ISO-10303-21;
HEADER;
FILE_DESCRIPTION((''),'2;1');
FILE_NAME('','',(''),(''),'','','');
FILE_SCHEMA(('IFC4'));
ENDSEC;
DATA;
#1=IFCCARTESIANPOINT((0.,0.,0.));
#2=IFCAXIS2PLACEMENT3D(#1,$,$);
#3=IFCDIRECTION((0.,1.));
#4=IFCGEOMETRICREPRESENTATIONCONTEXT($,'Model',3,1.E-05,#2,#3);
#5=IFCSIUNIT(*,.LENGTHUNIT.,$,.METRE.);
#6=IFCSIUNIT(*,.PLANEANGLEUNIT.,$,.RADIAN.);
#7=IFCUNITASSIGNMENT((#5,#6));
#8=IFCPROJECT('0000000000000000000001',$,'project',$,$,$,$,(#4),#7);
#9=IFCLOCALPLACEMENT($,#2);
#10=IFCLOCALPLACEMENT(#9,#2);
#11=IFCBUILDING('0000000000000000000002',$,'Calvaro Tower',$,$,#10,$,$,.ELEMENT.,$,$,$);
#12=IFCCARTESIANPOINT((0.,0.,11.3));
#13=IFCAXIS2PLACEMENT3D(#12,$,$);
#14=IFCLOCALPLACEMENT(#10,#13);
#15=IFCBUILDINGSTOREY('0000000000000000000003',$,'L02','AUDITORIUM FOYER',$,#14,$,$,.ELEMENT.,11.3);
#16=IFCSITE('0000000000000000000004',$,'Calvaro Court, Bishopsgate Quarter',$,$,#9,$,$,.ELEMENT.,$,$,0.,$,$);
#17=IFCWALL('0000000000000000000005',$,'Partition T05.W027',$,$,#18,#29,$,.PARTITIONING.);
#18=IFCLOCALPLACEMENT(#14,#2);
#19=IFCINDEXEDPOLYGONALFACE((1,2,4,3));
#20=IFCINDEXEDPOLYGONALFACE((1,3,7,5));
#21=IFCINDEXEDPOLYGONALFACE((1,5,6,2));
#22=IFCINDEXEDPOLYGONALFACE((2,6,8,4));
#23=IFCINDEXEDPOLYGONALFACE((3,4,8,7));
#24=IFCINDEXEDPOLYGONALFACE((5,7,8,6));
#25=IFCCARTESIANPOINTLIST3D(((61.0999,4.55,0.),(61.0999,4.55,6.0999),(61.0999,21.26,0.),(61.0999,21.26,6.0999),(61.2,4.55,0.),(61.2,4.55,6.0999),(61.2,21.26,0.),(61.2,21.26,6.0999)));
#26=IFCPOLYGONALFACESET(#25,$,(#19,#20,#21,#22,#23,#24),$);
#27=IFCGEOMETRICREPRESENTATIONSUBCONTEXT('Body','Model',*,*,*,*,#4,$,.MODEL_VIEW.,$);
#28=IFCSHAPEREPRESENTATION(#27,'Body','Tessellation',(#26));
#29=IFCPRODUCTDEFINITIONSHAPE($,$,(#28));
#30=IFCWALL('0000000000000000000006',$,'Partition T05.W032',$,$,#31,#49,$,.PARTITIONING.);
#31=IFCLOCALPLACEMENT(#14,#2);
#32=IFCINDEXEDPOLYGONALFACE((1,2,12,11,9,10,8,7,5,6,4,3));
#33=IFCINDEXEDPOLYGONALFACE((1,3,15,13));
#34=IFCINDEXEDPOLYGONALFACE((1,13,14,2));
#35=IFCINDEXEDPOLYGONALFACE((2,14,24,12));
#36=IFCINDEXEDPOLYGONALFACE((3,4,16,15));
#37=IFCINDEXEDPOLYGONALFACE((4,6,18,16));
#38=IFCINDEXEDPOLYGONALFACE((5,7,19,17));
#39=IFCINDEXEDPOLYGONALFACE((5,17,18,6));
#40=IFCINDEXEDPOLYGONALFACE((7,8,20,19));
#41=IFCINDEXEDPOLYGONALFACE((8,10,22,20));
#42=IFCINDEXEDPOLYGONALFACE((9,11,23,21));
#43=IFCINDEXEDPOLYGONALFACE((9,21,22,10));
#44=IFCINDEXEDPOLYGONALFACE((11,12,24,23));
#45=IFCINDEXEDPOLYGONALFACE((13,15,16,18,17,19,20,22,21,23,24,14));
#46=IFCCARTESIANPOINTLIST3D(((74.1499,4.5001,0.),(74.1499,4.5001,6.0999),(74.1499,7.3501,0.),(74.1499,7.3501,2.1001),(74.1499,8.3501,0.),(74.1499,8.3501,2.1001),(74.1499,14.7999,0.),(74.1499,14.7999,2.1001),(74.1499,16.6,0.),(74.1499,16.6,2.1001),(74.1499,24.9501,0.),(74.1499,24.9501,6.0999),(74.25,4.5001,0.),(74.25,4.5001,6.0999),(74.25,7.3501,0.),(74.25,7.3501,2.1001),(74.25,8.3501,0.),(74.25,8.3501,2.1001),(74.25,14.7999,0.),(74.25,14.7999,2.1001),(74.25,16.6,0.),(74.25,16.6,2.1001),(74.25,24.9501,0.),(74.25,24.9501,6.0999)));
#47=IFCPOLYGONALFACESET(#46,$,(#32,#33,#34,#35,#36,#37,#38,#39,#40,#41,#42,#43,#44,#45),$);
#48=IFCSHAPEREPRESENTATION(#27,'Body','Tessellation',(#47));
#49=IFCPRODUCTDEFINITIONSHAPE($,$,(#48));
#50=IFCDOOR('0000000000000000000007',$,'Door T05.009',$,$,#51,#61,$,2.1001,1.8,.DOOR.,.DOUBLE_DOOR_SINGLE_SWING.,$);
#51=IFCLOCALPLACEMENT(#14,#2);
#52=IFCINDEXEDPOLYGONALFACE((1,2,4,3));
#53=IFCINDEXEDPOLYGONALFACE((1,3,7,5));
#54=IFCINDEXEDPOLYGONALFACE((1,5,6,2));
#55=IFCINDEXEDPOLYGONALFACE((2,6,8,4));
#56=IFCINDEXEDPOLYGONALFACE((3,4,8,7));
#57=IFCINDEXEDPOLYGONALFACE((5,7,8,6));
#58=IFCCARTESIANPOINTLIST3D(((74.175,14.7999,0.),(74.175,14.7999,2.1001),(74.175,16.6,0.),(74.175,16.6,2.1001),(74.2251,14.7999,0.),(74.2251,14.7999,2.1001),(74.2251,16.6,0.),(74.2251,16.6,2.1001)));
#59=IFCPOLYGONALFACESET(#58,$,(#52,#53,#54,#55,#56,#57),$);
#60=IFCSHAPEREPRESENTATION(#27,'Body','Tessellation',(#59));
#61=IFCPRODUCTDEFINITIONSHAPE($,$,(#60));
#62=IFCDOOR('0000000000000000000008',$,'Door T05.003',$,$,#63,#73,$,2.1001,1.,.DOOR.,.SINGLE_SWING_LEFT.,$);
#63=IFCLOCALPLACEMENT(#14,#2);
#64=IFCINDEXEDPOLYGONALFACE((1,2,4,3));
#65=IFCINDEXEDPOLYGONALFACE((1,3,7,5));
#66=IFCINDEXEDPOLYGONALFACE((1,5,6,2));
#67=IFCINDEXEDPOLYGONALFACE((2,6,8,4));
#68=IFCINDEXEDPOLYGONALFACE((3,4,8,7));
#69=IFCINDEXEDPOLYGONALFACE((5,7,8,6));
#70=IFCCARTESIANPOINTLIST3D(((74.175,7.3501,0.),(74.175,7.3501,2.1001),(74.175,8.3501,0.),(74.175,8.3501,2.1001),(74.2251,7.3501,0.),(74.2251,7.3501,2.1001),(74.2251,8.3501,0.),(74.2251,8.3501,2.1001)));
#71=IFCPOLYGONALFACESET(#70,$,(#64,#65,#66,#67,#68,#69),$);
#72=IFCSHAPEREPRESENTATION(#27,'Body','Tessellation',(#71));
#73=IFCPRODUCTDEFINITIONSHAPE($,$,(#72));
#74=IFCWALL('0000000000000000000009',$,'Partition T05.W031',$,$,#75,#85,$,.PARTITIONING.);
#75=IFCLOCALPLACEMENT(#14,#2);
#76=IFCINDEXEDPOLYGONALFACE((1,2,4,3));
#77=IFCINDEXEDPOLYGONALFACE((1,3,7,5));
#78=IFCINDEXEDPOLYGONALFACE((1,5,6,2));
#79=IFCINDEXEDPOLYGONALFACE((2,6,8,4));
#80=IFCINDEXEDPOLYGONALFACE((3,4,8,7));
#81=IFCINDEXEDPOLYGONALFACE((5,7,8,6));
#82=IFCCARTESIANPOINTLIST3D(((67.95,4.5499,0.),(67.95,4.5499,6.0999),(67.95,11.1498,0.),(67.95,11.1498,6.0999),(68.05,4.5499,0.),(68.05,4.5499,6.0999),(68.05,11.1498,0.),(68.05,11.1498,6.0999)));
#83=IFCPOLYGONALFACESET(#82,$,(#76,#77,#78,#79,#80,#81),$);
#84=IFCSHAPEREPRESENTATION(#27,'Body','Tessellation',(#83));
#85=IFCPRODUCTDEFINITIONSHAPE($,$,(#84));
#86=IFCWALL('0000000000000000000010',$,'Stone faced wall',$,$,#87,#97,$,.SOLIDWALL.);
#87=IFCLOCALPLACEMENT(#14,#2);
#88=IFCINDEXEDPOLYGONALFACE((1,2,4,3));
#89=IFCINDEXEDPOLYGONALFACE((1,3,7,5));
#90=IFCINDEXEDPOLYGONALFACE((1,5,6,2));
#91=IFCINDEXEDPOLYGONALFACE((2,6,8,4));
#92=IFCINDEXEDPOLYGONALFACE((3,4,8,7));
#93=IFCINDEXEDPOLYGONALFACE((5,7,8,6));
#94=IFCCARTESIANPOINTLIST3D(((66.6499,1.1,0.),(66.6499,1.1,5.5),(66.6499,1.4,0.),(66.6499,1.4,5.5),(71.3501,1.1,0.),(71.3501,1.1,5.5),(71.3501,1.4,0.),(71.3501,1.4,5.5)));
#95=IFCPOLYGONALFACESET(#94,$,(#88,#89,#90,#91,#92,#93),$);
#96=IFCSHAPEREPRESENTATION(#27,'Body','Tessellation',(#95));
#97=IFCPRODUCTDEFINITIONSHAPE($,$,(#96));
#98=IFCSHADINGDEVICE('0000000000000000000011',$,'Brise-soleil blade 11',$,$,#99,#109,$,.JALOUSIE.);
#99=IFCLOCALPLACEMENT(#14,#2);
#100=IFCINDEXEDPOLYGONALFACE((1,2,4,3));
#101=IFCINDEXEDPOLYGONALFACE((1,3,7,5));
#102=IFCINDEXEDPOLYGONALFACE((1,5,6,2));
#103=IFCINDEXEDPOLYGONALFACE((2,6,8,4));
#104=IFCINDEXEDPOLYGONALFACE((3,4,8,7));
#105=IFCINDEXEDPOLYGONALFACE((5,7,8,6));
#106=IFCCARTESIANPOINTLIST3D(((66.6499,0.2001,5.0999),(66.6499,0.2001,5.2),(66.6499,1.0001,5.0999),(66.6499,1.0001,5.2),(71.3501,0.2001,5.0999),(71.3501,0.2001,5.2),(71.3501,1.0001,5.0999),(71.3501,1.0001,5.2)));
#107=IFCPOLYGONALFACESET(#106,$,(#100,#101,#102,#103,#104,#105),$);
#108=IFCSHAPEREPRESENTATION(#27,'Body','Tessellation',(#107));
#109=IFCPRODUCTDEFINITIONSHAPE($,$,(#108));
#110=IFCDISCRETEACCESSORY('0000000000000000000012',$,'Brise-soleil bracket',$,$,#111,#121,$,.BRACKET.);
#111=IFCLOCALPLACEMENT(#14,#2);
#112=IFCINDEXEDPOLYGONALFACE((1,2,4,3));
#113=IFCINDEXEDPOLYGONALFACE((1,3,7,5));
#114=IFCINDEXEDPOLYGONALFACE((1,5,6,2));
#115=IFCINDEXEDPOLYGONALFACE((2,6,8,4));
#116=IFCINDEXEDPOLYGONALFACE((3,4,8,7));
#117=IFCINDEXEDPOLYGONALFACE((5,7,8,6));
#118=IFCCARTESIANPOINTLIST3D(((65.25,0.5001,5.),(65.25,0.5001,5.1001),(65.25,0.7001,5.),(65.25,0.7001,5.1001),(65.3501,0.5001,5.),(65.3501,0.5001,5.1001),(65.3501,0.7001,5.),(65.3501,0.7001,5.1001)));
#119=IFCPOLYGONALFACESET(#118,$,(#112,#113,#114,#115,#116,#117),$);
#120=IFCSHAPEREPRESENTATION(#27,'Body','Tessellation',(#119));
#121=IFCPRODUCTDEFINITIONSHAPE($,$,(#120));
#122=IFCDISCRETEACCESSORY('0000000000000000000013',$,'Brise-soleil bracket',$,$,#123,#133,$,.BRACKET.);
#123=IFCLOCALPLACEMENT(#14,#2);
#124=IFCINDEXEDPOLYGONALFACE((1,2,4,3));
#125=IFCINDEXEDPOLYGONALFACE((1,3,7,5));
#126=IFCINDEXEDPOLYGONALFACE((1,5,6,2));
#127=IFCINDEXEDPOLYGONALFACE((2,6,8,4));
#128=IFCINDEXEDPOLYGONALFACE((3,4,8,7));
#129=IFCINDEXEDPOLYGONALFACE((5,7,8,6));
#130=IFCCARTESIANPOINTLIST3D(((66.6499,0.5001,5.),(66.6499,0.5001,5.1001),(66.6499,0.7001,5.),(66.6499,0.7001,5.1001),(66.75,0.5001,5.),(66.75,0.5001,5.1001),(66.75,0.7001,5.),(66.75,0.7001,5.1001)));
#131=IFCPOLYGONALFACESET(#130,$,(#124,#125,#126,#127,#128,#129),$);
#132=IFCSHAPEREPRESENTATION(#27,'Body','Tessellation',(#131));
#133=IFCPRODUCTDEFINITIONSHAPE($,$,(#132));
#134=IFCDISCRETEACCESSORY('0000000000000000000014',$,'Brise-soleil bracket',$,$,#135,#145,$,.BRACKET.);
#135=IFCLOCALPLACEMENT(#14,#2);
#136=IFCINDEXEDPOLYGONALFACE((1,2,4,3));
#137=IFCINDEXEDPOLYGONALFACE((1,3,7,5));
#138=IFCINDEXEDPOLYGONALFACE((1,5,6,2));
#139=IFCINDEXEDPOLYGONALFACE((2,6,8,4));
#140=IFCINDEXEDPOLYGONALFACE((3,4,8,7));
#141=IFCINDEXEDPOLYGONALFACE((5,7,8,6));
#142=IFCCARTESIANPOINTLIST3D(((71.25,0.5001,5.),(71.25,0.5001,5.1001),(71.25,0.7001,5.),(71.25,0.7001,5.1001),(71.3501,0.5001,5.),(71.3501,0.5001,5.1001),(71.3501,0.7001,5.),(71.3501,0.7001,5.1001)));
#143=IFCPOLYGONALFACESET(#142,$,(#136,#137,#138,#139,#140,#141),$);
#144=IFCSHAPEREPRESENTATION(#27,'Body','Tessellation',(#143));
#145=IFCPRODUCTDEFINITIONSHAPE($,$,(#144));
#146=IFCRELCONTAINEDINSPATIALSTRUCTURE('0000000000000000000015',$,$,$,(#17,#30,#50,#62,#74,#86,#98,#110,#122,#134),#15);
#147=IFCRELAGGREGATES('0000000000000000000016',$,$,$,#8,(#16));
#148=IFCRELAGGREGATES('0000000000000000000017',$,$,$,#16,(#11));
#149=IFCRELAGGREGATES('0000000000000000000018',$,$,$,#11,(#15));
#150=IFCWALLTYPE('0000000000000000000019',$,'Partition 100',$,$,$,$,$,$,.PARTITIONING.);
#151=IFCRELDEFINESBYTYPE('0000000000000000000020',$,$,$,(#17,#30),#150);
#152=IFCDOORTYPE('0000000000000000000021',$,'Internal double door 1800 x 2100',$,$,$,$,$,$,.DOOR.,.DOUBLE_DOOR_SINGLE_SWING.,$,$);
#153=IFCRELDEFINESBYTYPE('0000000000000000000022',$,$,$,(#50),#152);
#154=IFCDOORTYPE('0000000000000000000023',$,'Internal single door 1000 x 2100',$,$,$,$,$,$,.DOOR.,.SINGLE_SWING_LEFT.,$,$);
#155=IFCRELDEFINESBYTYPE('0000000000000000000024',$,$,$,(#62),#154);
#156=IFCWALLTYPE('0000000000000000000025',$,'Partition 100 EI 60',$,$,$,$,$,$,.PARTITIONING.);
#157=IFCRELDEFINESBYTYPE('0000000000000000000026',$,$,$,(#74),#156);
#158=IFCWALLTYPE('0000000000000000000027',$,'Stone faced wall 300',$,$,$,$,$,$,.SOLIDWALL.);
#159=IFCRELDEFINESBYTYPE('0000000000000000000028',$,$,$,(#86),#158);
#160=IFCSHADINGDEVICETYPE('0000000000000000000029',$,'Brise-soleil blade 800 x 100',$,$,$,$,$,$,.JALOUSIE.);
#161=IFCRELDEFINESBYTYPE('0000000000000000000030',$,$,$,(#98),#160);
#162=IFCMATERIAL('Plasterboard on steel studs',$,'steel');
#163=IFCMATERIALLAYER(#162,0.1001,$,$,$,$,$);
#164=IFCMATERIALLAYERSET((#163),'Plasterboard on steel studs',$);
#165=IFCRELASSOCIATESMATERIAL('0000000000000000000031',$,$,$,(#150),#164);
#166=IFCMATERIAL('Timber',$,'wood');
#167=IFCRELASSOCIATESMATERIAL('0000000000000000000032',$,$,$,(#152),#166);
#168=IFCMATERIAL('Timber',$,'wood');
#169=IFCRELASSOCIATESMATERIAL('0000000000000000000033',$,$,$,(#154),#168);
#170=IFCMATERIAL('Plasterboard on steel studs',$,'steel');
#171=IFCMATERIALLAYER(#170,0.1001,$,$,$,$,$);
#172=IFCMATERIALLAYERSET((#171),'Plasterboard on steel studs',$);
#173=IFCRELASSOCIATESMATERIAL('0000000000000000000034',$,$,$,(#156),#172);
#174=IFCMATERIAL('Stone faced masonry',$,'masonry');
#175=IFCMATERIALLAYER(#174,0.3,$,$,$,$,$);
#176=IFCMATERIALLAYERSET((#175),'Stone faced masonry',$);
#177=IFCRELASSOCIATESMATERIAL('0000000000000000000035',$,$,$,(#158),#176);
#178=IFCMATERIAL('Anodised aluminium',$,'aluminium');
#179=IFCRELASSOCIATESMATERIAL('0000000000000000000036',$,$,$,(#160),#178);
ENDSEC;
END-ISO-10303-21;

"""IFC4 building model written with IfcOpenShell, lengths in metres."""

from ifc_helpers import new_model, si_unit, direction, frame, frame_2d, origin, origin_2d, place, context, subcontext, project, spatial, rectangle, extrude, material, layer, layer_set, material_profile, profile_set, type_object, element, fill, save


model = new_model("IFC4")

# Units and contexts
model_context = context("Model", 3, precision=1e-05, world=origin(), true_north=direction((0.0, 1.0)))
body_context = subcontext(model_context, "Body", "Model", "MODEL_VIEW")
ifc_project = project(units=[si_unit("LENGTHUNIT", "METRE"), si_unit("PLANEANGLEUNIT", "RADIAN")], contexts=[model_context])

# Site, building, storey
site_placement = place(None, origin())
site = spatial("IfcSite", under=ifc_project, at=site_placement, Name="Calvaro Court, Bishopsgate Quarter", CompositionType="ELEMENT", RefElevation=0.0)
building_placement = place(site_placement, origin())
building = spatial("IfcBuilding", under=site, at=building_placement, Name="Calvaro Tower", CompositionType="ELEMENT")
storey_placement = place(building_placement, frame((0.0, 0.0, 11.3)))
storey = spatial("IfcBuildingStorey", under=building, at=storey_placement, Name="L02", Description="AUDITORIUM FOYER", CompositionType="ELEMENT", Elevation=11.3)

# Wall
ifc_material_1 = material(Name="Plasterboard on steel studs", Category="steel")
ifc_layer_1 = layer(ifc_material_1, 0.1001)
ifc_layer_set_1 = layer_set([ifc_layer_1], Name="Plasterboard on steel studs")
wall_type_1 = type_object("IfcWallType", Name="Partition 100", PredefinedType="PARTITIONING", material=ifc_layer_set_1)
wall_1_placement = place(storey_placement, frame((61.1499, 4.55, 0.0), z_axis=(0.0, 0.0, 1.0), x_axis=(0.0, 1.0, 0.0)))
element("IfcWall", 1, at=wall_1_placement, inside=storey, type_object=wall_type_1, Name="Partition T05.W027", PredefinedType="PARTITIONING", context=body_context, shape_type="SweptSolid", body=[
    extrude(rectangle(XDim=16.71, YDim=0.1001, at=frame_2d((8.355, 0.0))), origin(), (0.0, 0.0, 1.0), 6.0999),
])

# Wall, openings, doors
wall_2_placement = place(storey_placement, frame((74.2, 4.5, 0.0), z_axis=(0.0, 0.0, 1.0), x_axis=(0.0, 1.0, 0.0)))
wall_2 = element("IfcWall", 2, at=wall_2_placement, inside=storey, type_object=wall_type_1, Name="Partition T05.W032", PredefinedType="PARTITIONING", context=body_context, shape_type="SweptSolid", body=[
    extrude(rectangle(XDim=20.45, YDim=0.1001, at=frame_2d((10.2251, 0.0))), origin(), (0.0, 0.0, 1.0), 6.0999),
])
opening_1_placement = place(wall_2_placement, frame((2.8501, 0.0, 0.0)))
opening_1 = element("IfcOpeningElement", 3, at=opening_1_placement, cuts=wall_2, PredefinedType="OPENING", context=body_context, shape_type="SweptSolid", body=[
    extrude(rectangle(XDim=1.0, YDim=2.1001, at=frame_2d((0.5, 1.05))), frame((0.0, 0.0601, 0.0), z_axis=(0.0, -1.0, 0.0), x_axis=(1.0, 0.0, 0.0)), (0.0, 0.0, 1.0), 0.1201),
])
opening_2_placement = place(wall_2_placement, frame((10.3, 0.0, 0.0)))
opening_2 = element("IfcOpeningElement", 4, at=opening_2_placement, cuts=wall_2, PredefinedType="OPENING", context=body_context, shape_type="SweptSolid", body=[
    extrude(rectangle(XDim=1.8, YDim=2.1001, at=frame_2d((0.8999, 1.05))), frame((0.0, 0.0601, 0.0), z_axis=(0.0, -1.0, 0.0), x_axis=(1.0, 0.0, 0.0)), (0.0, 0.0, 1.0), 0.1201),
])
ifc_material_2 = material(Name="Timber", Category="wood")
door_type_1 = type_object("IfcDoorType", Name="Internal double door 1800 x 2100", OperationType="DOUBLE_DOOR_SINGLE_SWING", PredefinedType="DOOR", material=ifc_material_2)
door_1_placement = place(opening_2_placement, origin())
door_1 = element("IfcDoor", 5, at=door_1_placement, inside=storey, type_object=door_type_1, Name="Door T05.009", OperationType="DOUBLE_DOOR_SINGLE_SWING", OverallHeight=2.1001, OverallWidth=1.8, PredefinedType="DOOR", context=body_context, shape_type="SweptSolid", body=[
    extrude(rectangle(XDim=1.8, YDim=2.1001, at=frame_2d((0.8999, 1.05))), frame((0.0, 0.0249, 0.0), z_axis=(0.0, -1.0, 0.0), x_axis=(1.0, 0.0, 0.0)), (0.0, 0.0, 1.0), 0.05),
])
fill(opening_2, door_1)
ifc_material_3 = material(Name="Timber", Category="wood")
door_type_2 = type_object("IfcDoorType", Name="Internal single door 1000 x 2100", OperationType="SINGLE_SWING_LEFT", PredefinedType="DOOR", material=ifc_material_3)
door_2_placement = place(opening_1_placement, origin())
door_2 = element("IfcDoor", 6, at=door_2_placement, inside=storey, type_object=door_type_2, Name="Door T05.003", OperationType="SINGLE_SWING_LEFT", OverallHeight=2.1001, OverallWidth=1.0, PredefinedType="DOOR", context=body_context, shape_type="SweptSolid", body=[
    extrude(rectangle(XDim=1.0, YDim=2.1001, at=frame_2d((0.5, 1.05))), frame((0.0, 0.0249, 0.0), z_axis=(0.0, -1.0, 0.0), x_axis=(1.0, 0.0, 0.0)), (0.0, 0.0, 1.0), 0.05),
])
fill(opening_1, door_2)

# Walls
ifc_material_4 = material(Name="Plasterboard on steel studs", Category="steel")
ifc_layer_2 = layer(ifc_material_4, 0.1001)
ifc_layer_set_2 = layer_set([ifc_layer_2], Name="Plasterboard on steel studs")
wall_type_2 = type_object("IfcWallType", Name="Partition 100 EI 60", PredefinedType="PARTITIONING", material=ifc_layer_set_2)
wall_3_placement = place(storey_placement, frame((68.0, 4.55, 0.0), z_axis=(0.0, 0.0, 1.0), x_axis=(0.0, 1.0, 0.0)))
element("IfcWall", 7, at=wall_3_placement, inside=storey, type_object=wall_type_2, Name="Partition T05.W031", PredefinedType="PARTITIONING", context=body_context, shape_type="SweptSolid", body=[
    extrude(rectangle(XDim=6.5999, YDim=0.1001, at=frame_2d((3.2998, 0.0))), origin(), (0.0, 0.0, 1.0), 6.0999),
])
ifc_material_5 = material(Name="Stone faced masonry", Category="masonry")
ifc_layer_3 = layer(ifc_material_5, 0.3)
ifc_layer_set_3 = layer_set([ifc_layer_3], Name="Stone faced masonry")
wall_type_3 = type_object("IfcWallType", Name="Stone faced wall 300", PredefinedType="SOLIDWALL", material=ifc_layer_set_3)
wall_4_placement = place(storey_placement, frame((66.6499, 1.25, 0.0), z_axis=(0.0, 0.0, 1.0), x_axis=(1.0, 0.0, 0.0)))
element("IfcWall", 8, at=wall_4_placement, inside=storey, type_object=wall_type_3, Name="Stone faced wall", PredefinedType="SOLIDWALL", context=body_context, shape_type="SweptSolid", body=[
    extrude(rectangle(XDim=4.7002, YDim=0.3, at=frame_2d((2.3501, 0.0))), origin(), (0.0, 0.0, 1.0), 5.5),
])

# Shading device
ifc_material_6 = material(Name="Anodised aluminium", Category="aluminium")
ifc_material_profile_1 = material_profile(ifc_material_6, rectangle(XDim=0.8, YDim=0.1001, at=origin_2d()), Name="Brise-soleil blade 800 x 100")
ifc_profile_set_1 = profile_set([ifc_material_profile_1], Name="Anodised aluminium")
shading_device_type = type_object("IfcShadingDeviceType", Name="Brise-soleil blade 800 x 100", PredefinedType="JALOUSIE", material=ifc_profile_set_1)
shading_device_placement = place(storey_placement, frame((66.6499, 0.6001, 5.1499), z_axis=(1.0, 0.0, 0.0), x_axis=(0.0, 1.0, 0.0)))
element("IfcShadingDevice", 9, at=shading_device_placement, inside=storey, type_object=shading_device_type, Name="Brise-soleil blade 11", PredefinedType="JALOUSIE", context=body_context, shape_type="SweptSolid", body=[
    extrude(rectangle(XDim=0.8, YDim=0.1001, at=origin_2d()), origin(), (0.0, 0.0, 1.0), 4.7002),
])

# Discrete accessories
for number, where, z_axis, x_axis, name in (
    (10, (65.3, 0.6001, 5.0), (0.0, 0.0, 1.0), (1.0, 0.0, 0.0), "Brise-soleil bracket"),
    (11, (66.7, 0.6001, 5.0), (0.0, 0.0, 1.0), (1.0, 0.0, 0.0), "Brise-soleil bracket"),
    (12, (71.3, 0.6001, 5.0), (0.0, 0.0, 1.0), (1.0, 0.0, 0.0), "Brise-soleil bracket"),
):
    element("IfcDiscreteAccessory", number, at=place(storey_placement, frame(where, z_axis=z_axis, x_axis=x_axis)), inside=storey, Name=name, PredefinedType="BRACKET", context=body_context, shape_type="SweptSolid", body=[
        extrude(rectangle(XDim=0.1001, YDim=0.2, at=origin_2d()), origin(), (0.0, 0.0, 1.0), 0.1001),
    ])

save(model, "model.ifc")
